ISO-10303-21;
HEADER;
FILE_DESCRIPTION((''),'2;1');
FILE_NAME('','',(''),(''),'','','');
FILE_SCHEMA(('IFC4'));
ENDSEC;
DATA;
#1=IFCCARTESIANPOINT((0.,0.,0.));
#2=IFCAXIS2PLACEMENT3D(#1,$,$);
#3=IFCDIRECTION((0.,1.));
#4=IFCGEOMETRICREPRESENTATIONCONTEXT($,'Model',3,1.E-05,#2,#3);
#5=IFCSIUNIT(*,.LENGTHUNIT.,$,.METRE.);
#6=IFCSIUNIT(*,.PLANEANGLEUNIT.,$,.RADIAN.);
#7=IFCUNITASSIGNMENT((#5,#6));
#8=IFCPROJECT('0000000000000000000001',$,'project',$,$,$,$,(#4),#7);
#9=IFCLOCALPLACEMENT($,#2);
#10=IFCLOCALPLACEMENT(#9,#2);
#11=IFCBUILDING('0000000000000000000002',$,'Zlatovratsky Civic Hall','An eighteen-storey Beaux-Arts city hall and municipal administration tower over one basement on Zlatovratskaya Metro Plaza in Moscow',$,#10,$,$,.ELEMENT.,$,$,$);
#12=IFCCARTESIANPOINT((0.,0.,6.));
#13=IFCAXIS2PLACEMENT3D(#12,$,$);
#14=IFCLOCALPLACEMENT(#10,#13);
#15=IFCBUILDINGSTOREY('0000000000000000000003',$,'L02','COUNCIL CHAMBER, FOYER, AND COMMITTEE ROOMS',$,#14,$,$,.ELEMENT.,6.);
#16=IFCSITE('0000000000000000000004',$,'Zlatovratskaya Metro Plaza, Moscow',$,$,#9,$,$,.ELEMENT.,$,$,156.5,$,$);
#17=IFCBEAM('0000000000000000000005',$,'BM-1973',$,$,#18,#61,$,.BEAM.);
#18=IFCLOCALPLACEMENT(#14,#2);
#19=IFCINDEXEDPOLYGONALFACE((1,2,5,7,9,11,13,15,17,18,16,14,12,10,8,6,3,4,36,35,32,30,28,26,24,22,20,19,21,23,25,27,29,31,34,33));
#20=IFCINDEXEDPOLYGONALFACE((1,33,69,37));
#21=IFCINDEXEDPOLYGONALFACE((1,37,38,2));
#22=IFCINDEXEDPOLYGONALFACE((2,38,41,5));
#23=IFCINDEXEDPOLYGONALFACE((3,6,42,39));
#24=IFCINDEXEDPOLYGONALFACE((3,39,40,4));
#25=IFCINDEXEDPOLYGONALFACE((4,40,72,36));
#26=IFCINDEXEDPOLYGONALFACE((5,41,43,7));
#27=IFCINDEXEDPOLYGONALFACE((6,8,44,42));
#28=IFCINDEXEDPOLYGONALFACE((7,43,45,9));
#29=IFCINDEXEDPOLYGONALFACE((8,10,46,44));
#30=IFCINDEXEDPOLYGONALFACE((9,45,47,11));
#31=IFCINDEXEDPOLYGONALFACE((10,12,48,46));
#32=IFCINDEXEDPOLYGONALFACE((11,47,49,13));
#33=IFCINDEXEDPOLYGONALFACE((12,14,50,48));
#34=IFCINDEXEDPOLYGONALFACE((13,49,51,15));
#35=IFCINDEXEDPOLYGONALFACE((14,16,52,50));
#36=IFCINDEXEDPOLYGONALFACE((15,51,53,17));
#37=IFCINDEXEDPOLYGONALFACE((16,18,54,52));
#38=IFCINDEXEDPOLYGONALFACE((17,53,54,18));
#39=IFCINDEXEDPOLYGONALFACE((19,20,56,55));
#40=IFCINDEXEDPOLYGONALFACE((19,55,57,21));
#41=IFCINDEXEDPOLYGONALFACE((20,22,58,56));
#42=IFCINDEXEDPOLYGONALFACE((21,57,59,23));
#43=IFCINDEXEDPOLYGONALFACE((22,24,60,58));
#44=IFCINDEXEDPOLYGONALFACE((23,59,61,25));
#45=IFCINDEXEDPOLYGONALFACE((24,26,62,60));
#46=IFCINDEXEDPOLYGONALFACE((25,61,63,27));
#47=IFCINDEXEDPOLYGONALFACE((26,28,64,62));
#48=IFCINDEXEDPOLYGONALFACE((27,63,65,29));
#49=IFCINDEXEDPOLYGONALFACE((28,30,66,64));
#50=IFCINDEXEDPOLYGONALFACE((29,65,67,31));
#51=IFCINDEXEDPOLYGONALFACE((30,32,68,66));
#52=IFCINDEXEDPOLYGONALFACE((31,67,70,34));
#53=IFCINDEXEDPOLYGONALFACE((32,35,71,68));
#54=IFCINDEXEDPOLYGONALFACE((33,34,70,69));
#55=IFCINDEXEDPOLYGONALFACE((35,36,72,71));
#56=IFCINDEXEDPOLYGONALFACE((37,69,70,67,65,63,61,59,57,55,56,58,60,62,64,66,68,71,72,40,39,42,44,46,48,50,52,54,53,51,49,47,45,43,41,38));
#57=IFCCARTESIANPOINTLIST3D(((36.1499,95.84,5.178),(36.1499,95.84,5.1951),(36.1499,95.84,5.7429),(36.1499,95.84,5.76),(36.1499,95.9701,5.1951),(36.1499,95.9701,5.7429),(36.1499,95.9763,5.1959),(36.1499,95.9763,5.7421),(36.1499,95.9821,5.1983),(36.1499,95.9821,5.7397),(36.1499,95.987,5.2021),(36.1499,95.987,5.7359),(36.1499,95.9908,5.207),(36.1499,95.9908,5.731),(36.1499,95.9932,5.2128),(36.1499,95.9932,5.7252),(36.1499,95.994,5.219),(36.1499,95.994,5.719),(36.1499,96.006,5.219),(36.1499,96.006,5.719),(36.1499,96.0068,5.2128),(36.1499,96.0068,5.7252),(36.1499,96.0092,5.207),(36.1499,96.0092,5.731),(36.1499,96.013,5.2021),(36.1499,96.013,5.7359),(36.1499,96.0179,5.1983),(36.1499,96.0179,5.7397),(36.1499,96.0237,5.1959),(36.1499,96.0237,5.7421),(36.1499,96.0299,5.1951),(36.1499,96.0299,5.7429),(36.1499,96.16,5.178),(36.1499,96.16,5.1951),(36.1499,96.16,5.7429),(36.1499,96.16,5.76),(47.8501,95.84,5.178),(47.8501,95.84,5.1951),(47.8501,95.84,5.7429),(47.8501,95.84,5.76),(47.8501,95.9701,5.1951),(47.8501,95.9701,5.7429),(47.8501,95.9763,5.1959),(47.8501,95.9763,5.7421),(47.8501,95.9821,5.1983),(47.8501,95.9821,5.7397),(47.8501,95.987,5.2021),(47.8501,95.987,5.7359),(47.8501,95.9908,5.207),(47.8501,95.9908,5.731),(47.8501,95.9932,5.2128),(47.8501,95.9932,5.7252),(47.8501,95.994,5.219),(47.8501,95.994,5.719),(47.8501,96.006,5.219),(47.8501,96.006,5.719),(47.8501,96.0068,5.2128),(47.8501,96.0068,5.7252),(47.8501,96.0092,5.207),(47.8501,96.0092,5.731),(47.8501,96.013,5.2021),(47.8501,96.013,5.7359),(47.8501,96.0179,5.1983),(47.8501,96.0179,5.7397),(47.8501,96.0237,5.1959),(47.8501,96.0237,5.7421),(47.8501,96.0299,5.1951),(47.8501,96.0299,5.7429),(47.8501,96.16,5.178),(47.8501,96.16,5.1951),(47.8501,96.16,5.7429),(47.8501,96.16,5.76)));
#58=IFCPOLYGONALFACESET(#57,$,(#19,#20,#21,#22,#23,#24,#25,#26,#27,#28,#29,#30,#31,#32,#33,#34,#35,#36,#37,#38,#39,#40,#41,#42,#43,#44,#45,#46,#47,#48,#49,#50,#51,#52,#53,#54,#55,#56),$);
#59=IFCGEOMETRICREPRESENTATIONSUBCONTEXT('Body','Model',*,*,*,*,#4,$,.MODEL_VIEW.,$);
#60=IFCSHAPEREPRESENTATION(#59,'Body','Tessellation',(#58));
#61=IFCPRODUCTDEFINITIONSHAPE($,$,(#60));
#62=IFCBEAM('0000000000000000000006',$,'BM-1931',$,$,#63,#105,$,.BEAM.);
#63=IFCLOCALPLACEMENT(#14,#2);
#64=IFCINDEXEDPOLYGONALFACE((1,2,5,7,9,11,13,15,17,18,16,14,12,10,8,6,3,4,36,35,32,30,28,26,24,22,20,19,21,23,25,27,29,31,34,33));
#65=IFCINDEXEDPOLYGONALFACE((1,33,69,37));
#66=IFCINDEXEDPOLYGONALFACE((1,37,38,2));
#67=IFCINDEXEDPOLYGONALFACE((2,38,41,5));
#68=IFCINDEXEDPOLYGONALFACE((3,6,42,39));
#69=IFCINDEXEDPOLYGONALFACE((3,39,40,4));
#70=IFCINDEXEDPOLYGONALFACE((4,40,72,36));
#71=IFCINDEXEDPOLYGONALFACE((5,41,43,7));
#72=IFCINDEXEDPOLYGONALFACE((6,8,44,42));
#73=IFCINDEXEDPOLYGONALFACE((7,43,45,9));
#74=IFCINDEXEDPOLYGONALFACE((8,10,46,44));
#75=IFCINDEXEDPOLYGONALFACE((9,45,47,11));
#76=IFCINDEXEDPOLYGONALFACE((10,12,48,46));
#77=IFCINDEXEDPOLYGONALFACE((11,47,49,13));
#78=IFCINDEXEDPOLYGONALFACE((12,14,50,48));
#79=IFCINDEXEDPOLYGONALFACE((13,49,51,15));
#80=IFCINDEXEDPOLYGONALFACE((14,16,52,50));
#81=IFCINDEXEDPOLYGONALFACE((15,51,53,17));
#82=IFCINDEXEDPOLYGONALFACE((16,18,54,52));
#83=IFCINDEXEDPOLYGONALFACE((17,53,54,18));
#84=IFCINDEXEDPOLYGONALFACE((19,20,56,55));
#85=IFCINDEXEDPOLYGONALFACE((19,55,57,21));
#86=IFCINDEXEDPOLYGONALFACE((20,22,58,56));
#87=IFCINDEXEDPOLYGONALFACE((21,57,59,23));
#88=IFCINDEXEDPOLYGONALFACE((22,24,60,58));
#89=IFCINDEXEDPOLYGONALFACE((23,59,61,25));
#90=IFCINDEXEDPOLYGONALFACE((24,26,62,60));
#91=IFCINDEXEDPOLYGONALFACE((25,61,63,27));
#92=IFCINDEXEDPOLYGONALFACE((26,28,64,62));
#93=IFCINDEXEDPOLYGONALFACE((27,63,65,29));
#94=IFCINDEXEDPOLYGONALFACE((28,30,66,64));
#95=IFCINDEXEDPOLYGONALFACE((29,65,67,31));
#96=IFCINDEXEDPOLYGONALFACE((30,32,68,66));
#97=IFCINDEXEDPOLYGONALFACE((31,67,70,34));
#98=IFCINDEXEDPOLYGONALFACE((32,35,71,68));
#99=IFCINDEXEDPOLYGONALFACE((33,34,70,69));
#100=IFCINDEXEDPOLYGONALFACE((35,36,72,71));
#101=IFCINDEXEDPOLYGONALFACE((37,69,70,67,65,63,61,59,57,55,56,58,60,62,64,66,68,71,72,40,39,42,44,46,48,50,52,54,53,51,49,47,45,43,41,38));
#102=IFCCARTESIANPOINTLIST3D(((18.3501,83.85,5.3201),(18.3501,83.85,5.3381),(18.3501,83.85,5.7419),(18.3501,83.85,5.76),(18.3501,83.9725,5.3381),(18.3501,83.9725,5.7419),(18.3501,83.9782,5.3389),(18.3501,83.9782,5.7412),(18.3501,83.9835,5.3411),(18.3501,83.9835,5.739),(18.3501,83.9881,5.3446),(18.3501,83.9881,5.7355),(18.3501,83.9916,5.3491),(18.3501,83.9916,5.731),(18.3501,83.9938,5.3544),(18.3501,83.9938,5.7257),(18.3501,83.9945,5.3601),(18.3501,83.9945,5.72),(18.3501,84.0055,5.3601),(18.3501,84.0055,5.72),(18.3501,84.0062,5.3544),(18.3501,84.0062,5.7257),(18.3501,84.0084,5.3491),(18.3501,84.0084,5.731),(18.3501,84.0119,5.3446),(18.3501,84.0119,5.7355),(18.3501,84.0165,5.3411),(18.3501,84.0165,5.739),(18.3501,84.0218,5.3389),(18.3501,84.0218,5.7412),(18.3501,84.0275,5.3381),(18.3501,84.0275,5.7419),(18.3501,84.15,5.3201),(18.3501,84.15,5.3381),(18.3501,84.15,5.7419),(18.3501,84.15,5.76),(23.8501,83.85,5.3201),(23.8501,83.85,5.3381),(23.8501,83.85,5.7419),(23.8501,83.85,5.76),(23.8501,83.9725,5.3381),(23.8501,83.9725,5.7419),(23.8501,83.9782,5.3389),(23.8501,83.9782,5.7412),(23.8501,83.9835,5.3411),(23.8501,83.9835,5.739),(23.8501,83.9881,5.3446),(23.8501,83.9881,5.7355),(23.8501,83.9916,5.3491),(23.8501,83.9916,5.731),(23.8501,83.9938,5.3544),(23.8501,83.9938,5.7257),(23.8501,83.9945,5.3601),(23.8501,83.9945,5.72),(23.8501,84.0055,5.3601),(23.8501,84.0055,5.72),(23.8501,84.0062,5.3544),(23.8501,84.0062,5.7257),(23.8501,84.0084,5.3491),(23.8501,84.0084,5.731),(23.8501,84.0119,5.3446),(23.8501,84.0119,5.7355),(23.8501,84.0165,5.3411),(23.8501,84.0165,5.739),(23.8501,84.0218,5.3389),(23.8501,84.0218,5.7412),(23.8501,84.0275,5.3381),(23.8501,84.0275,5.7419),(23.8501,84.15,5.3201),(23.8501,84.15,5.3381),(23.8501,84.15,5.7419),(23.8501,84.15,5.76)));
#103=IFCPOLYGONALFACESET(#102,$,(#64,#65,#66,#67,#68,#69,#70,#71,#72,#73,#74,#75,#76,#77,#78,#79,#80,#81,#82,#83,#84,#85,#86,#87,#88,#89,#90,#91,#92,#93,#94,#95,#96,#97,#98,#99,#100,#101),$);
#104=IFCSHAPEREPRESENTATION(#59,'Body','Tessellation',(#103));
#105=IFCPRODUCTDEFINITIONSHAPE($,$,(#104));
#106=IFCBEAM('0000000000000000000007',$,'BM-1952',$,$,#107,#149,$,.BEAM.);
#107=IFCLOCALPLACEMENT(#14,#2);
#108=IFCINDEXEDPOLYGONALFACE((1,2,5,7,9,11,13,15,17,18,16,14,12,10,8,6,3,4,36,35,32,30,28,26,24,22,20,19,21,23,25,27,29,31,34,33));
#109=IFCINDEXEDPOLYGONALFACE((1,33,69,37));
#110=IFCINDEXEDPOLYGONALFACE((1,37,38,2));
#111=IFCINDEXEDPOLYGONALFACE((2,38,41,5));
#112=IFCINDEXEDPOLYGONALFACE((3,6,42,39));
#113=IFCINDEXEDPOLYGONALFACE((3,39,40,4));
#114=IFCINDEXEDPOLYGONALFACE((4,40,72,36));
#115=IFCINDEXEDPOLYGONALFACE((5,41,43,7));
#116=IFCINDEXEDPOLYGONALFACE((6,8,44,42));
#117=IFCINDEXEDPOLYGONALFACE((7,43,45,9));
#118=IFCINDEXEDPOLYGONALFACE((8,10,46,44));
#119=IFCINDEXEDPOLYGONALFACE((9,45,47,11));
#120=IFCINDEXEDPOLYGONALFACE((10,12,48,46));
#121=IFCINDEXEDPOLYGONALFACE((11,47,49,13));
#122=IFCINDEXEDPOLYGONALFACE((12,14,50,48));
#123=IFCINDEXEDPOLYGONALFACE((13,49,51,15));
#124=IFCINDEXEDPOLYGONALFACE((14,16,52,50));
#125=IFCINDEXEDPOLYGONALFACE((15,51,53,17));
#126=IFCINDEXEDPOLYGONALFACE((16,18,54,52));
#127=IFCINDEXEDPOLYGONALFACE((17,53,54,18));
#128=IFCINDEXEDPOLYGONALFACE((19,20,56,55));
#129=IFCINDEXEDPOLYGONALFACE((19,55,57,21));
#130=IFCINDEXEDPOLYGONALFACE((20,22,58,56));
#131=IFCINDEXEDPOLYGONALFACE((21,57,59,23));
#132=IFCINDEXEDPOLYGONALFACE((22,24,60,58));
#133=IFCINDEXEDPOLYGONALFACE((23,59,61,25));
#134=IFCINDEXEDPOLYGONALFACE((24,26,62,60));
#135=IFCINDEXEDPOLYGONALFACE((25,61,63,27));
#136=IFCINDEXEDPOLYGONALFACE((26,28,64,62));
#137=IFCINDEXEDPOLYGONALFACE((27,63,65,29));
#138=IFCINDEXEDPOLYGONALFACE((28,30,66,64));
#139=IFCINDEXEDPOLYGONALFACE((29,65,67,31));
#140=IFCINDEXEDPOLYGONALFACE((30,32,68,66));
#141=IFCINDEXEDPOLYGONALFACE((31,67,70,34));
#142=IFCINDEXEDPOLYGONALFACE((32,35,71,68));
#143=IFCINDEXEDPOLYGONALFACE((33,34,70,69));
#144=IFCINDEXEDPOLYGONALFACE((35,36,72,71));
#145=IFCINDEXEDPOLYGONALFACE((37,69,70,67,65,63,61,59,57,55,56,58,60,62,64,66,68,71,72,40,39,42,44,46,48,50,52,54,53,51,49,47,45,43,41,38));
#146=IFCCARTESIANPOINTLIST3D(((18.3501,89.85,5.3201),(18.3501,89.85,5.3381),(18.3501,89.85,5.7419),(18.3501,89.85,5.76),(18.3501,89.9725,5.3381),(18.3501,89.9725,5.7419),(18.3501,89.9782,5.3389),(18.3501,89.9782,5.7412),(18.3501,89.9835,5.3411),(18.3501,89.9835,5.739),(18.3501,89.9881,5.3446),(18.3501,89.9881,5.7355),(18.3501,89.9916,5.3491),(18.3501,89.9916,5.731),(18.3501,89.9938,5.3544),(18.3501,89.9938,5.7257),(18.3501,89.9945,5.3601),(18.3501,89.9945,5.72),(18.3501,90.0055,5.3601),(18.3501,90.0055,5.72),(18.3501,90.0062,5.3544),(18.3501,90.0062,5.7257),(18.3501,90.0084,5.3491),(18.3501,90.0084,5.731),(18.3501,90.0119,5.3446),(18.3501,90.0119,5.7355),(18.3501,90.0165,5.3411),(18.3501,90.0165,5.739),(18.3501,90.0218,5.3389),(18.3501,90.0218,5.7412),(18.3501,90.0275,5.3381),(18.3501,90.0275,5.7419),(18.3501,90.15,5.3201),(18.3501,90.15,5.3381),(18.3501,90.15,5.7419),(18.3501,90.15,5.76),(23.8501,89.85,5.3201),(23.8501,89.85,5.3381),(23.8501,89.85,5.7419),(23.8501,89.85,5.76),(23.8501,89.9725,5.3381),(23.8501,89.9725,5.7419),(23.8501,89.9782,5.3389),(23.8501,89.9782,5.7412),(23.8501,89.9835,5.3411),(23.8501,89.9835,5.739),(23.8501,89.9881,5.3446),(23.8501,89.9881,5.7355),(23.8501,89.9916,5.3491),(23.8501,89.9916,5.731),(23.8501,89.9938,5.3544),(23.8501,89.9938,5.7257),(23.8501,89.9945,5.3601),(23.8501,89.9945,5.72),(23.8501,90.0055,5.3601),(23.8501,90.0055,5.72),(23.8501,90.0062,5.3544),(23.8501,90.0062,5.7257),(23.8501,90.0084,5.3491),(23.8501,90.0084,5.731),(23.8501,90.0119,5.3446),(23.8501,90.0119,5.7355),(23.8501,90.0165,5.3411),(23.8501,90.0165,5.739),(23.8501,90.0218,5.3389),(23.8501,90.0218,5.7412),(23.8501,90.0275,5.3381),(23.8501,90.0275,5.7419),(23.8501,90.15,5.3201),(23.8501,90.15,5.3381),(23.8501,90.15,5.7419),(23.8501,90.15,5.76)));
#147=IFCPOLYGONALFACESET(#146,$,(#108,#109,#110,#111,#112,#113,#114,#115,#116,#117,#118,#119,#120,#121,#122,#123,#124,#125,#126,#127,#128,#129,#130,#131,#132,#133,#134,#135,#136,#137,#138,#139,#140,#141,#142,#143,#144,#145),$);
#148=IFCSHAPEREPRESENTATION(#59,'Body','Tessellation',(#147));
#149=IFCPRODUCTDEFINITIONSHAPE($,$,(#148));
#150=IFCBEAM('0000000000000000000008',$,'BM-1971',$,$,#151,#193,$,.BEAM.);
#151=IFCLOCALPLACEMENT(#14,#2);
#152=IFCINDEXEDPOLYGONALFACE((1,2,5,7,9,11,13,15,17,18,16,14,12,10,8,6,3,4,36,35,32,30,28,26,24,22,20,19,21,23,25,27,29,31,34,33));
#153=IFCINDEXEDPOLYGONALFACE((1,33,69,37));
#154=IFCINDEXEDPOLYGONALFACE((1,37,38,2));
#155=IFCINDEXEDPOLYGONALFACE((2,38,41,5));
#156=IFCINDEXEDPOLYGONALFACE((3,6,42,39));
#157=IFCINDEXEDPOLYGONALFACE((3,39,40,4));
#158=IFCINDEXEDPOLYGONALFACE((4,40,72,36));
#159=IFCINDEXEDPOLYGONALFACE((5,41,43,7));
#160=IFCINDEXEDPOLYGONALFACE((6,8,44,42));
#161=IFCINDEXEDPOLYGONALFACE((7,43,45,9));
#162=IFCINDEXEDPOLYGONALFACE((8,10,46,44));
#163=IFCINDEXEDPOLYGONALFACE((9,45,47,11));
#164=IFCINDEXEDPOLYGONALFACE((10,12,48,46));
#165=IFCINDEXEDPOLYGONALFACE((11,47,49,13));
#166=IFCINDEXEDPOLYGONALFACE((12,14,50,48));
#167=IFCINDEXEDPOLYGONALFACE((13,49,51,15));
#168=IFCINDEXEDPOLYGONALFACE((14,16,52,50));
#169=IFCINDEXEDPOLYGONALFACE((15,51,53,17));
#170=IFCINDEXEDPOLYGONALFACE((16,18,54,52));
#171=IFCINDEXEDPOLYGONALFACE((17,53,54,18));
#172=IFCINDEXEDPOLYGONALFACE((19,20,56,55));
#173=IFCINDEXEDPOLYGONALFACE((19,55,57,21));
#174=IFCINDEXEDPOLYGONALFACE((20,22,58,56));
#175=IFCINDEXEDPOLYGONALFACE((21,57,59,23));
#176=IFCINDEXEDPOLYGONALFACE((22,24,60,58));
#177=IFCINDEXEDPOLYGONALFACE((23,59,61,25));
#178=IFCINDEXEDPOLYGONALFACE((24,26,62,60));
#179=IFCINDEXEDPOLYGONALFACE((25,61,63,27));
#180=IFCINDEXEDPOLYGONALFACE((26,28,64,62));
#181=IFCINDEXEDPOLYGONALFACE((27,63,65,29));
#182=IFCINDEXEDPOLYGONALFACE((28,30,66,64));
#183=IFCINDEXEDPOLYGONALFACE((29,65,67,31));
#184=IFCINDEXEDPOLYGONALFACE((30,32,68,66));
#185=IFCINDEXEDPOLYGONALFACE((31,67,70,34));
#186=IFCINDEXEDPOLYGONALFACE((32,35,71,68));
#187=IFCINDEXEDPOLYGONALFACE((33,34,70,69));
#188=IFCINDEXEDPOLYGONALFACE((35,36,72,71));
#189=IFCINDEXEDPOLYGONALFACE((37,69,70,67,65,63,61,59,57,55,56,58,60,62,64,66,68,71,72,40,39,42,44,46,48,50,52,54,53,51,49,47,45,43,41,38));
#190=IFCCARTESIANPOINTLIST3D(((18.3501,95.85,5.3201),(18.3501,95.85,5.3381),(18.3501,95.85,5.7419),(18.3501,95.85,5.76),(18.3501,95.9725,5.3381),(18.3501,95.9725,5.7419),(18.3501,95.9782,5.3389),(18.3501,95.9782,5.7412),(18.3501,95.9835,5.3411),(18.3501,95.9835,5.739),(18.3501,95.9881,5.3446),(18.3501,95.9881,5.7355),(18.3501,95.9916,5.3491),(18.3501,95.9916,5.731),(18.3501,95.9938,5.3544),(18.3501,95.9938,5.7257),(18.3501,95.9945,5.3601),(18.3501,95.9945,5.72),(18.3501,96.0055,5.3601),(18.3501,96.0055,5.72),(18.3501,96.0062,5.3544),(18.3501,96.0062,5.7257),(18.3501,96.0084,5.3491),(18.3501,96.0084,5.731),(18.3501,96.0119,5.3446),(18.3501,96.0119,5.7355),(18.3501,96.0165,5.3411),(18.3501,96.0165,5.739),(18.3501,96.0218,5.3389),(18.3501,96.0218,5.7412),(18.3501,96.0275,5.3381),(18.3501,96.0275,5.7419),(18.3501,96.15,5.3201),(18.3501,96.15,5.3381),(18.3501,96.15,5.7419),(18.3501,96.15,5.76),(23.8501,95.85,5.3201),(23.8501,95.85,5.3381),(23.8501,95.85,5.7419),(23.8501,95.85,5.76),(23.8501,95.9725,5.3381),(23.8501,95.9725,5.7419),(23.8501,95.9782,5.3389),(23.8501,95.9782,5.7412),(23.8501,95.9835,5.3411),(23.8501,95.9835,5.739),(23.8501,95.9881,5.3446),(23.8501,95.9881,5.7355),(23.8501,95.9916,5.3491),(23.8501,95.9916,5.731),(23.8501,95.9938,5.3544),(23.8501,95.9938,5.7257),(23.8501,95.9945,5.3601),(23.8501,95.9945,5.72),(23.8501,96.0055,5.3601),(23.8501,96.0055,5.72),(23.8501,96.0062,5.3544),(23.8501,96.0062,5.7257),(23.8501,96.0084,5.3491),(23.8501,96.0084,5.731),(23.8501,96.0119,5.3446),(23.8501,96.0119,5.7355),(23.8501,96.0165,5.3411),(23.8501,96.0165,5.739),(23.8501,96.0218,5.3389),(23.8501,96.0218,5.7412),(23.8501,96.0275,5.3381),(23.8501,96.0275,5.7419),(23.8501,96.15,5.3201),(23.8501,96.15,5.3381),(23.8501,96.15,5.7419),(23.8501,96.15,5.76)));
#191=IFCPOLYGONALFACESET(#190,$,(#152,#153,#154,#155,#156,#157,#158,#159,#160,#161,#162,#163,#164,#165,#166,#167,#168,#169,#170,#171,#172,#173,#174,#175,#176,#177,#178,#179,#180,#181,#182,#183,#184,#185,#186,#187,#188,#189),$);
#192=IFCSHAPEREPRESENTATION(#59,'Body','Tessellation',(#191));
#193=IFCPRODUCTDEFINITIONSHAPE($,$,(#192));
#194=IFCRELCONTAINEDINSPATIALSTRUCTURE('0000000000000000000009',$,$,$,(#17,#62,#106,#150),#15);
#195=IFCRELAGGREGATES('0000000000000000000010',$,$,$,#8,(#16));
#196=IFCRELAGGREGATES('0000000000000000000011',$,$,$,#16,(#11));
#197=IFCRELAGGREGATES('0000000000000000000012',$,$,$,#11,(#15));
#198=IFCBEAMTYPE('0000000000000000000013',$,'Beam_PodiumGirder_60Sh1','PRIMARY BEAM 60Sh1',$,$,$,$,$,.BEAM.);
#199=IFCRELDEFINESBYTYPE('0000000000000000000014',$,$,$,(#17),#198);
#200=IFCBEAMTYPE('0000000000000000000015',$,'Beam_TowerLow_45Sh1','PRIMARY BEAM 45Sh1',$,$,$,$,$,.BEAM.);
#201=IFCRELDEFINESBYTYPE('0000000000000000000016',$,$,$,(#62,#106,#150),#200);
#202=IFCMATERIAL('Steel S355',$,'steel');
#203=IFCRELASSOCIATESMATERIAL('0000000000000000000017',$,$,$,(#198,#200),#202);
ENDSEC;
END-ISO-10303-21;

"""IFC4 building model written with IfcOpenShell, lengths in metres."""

from ifc_helpers import new_model, si_unit, direction, frame, origin, origin_2d, place, context, subcontext, project, spatial, i_section, extrude, material, material_profile, profile_set, type_object, element, save


model = new_model("IFC4")

# Units and contexts
model_context = context("Model", 3, precision=1e-05, world=origin(), true_north=direction((0.0, 1.0)))
body_context = subcontext(model_context, "Body", "Model", "MODEL_VIEW")
ifc_project = project(units=[si_unit("LENGTHUNIT", "METRE"), si_unit("PLANEANGLEUNIT", "RADIAN")], contexts=[model_context])

# Site, building, storey
site_placement = place(None, origin())
site = spatial("IfcSite", under=ifc_project, at=site_placement, Name="Zlatovratskaya Metro Plaza, Moscow", CompositionType="ELEMENT", RefElevation=156.5)
building_placement = place(site_placement, origin())
building = spatial("IfcBuilding", under=site, at=building_placement, Name="Zlatovratsky Civic Hall", Description="An eighteen-storey Beaux-Arts city hall and municipal administration tower over one basement on Zlatovratskaya Metro Plaza in Moscow", CompositionType="ELEMENT")
storey_placement = place(building_placement, frame((0.0, 0.0, 6.0)))
storey = spatial("IfcBuildingStorey", under=building, at=storey_placement, Name="L02", Description="COUNCIL CHAMBER, FOYER, AND COMMITTEE ROOMS", CompositionType="ELEMENT", Elevation=6.0)

# Shared definitions
ifc_material_1 = material(Name="Steel S355", Category="steel")

# Beams
ifc_material_profile_1 = material_profile(ifc_material_1, i_section(OverallWidth=0.3201, OverallDepth=0.582, WebThickness=0.012, FlangeThickness=0.0171, FilletRadius=0.0239, at=origin_2d()), Name="60Sh1")
ifc_profile_set_1 = profile_set([ifc_material_profile_1], Name="Steel S355")
beam_type_1 = type_object("IfcBeamType", Name="Beam_PodiumGirder_60Sh1", Description="PRIMARY BEAM 60Sh1", PredefinedType="BEAM", material=ifc_profile_set_1)
for number, where, z_axis, x_axis, name in (
    (1, (36.1499, 96.0, 5.469), (1.0, 0.0, 0.0), (0.0, 1.0, 0.0), "BM-1973"),
):
    element("IfcBeam", number, at=place(storey_placement, frame(where, z_axis=z_axis, x_axis=x_axis)), inside=storey, type_object=beam_type_1, Name=name, PredefinedType="BEAM", context=body_context, shape_type="SweptSolid", body=[
        extrude(i_section(OverallWidth=0.3201, OverallDepth=0.582, WebThickness=0.012, FlangeThickness=0.0171, FilletRadius=0.0239, at=origin_2d()), origin(), (0.0, 0.0, 1.0), 11.7002),
    ])
ifc_material_profile_2 = material_profile(ifc_material_1, i_section(OverallWidth=0.3, OverallDepth=0.4399, WebThickness=0.011, FlangeThickness=0.0181, FilletRadius=0.022, at=origin_2d()), Name="45Sh1")
ifc_profile_set_2 = profile_set([ifc_material_profile_2], Name="Steel S355")
beam_type_2 = type_object("IfcBeamType", Name="Beam_TowerLow_45Sh1", Description="PRIMARY BEAM 45Sh1", PredefinedType="BEAM", material=ifc_profile_set_2)
for number, where, z_axis, x_axis, name in (
    (2, (18.3501, 84.0, 5.54), (1.0, 0.0, 0.0), (0.0, 1.0, 0.0), "BM-1931"),
    (3, (18.3501, 90.0, 5.54), (1.0, 0.0, 0.0), (0.0, 1.0, 0.0), "BM-1952"),
    (4, (18.3501, 96.0, 5.54), (1.0, 0.0, 0.0), (0.0, 1.0, 0.0), "BM-1971"),
):
    element("IfcBeam", number, at=place(storey_placement, frame(where, z_axis=z_axis, x_axis=x_axis)), inside=storey, type_object=beam_type_2, Name=name, PredefinedType="BEAM", context=body_context, shape_type="SweptSolid", body=[
        extrude(i_section(OverallWidth=0.3, OverallDepth=0.4399, WebThickness=0.011, FlangeThickness=0.0181, FilletRadius=0.022, at=origin_2d()), origin(), (0.0, 0.0, 1.0), 5.5),
    ])

save(model, "model.ifc")
